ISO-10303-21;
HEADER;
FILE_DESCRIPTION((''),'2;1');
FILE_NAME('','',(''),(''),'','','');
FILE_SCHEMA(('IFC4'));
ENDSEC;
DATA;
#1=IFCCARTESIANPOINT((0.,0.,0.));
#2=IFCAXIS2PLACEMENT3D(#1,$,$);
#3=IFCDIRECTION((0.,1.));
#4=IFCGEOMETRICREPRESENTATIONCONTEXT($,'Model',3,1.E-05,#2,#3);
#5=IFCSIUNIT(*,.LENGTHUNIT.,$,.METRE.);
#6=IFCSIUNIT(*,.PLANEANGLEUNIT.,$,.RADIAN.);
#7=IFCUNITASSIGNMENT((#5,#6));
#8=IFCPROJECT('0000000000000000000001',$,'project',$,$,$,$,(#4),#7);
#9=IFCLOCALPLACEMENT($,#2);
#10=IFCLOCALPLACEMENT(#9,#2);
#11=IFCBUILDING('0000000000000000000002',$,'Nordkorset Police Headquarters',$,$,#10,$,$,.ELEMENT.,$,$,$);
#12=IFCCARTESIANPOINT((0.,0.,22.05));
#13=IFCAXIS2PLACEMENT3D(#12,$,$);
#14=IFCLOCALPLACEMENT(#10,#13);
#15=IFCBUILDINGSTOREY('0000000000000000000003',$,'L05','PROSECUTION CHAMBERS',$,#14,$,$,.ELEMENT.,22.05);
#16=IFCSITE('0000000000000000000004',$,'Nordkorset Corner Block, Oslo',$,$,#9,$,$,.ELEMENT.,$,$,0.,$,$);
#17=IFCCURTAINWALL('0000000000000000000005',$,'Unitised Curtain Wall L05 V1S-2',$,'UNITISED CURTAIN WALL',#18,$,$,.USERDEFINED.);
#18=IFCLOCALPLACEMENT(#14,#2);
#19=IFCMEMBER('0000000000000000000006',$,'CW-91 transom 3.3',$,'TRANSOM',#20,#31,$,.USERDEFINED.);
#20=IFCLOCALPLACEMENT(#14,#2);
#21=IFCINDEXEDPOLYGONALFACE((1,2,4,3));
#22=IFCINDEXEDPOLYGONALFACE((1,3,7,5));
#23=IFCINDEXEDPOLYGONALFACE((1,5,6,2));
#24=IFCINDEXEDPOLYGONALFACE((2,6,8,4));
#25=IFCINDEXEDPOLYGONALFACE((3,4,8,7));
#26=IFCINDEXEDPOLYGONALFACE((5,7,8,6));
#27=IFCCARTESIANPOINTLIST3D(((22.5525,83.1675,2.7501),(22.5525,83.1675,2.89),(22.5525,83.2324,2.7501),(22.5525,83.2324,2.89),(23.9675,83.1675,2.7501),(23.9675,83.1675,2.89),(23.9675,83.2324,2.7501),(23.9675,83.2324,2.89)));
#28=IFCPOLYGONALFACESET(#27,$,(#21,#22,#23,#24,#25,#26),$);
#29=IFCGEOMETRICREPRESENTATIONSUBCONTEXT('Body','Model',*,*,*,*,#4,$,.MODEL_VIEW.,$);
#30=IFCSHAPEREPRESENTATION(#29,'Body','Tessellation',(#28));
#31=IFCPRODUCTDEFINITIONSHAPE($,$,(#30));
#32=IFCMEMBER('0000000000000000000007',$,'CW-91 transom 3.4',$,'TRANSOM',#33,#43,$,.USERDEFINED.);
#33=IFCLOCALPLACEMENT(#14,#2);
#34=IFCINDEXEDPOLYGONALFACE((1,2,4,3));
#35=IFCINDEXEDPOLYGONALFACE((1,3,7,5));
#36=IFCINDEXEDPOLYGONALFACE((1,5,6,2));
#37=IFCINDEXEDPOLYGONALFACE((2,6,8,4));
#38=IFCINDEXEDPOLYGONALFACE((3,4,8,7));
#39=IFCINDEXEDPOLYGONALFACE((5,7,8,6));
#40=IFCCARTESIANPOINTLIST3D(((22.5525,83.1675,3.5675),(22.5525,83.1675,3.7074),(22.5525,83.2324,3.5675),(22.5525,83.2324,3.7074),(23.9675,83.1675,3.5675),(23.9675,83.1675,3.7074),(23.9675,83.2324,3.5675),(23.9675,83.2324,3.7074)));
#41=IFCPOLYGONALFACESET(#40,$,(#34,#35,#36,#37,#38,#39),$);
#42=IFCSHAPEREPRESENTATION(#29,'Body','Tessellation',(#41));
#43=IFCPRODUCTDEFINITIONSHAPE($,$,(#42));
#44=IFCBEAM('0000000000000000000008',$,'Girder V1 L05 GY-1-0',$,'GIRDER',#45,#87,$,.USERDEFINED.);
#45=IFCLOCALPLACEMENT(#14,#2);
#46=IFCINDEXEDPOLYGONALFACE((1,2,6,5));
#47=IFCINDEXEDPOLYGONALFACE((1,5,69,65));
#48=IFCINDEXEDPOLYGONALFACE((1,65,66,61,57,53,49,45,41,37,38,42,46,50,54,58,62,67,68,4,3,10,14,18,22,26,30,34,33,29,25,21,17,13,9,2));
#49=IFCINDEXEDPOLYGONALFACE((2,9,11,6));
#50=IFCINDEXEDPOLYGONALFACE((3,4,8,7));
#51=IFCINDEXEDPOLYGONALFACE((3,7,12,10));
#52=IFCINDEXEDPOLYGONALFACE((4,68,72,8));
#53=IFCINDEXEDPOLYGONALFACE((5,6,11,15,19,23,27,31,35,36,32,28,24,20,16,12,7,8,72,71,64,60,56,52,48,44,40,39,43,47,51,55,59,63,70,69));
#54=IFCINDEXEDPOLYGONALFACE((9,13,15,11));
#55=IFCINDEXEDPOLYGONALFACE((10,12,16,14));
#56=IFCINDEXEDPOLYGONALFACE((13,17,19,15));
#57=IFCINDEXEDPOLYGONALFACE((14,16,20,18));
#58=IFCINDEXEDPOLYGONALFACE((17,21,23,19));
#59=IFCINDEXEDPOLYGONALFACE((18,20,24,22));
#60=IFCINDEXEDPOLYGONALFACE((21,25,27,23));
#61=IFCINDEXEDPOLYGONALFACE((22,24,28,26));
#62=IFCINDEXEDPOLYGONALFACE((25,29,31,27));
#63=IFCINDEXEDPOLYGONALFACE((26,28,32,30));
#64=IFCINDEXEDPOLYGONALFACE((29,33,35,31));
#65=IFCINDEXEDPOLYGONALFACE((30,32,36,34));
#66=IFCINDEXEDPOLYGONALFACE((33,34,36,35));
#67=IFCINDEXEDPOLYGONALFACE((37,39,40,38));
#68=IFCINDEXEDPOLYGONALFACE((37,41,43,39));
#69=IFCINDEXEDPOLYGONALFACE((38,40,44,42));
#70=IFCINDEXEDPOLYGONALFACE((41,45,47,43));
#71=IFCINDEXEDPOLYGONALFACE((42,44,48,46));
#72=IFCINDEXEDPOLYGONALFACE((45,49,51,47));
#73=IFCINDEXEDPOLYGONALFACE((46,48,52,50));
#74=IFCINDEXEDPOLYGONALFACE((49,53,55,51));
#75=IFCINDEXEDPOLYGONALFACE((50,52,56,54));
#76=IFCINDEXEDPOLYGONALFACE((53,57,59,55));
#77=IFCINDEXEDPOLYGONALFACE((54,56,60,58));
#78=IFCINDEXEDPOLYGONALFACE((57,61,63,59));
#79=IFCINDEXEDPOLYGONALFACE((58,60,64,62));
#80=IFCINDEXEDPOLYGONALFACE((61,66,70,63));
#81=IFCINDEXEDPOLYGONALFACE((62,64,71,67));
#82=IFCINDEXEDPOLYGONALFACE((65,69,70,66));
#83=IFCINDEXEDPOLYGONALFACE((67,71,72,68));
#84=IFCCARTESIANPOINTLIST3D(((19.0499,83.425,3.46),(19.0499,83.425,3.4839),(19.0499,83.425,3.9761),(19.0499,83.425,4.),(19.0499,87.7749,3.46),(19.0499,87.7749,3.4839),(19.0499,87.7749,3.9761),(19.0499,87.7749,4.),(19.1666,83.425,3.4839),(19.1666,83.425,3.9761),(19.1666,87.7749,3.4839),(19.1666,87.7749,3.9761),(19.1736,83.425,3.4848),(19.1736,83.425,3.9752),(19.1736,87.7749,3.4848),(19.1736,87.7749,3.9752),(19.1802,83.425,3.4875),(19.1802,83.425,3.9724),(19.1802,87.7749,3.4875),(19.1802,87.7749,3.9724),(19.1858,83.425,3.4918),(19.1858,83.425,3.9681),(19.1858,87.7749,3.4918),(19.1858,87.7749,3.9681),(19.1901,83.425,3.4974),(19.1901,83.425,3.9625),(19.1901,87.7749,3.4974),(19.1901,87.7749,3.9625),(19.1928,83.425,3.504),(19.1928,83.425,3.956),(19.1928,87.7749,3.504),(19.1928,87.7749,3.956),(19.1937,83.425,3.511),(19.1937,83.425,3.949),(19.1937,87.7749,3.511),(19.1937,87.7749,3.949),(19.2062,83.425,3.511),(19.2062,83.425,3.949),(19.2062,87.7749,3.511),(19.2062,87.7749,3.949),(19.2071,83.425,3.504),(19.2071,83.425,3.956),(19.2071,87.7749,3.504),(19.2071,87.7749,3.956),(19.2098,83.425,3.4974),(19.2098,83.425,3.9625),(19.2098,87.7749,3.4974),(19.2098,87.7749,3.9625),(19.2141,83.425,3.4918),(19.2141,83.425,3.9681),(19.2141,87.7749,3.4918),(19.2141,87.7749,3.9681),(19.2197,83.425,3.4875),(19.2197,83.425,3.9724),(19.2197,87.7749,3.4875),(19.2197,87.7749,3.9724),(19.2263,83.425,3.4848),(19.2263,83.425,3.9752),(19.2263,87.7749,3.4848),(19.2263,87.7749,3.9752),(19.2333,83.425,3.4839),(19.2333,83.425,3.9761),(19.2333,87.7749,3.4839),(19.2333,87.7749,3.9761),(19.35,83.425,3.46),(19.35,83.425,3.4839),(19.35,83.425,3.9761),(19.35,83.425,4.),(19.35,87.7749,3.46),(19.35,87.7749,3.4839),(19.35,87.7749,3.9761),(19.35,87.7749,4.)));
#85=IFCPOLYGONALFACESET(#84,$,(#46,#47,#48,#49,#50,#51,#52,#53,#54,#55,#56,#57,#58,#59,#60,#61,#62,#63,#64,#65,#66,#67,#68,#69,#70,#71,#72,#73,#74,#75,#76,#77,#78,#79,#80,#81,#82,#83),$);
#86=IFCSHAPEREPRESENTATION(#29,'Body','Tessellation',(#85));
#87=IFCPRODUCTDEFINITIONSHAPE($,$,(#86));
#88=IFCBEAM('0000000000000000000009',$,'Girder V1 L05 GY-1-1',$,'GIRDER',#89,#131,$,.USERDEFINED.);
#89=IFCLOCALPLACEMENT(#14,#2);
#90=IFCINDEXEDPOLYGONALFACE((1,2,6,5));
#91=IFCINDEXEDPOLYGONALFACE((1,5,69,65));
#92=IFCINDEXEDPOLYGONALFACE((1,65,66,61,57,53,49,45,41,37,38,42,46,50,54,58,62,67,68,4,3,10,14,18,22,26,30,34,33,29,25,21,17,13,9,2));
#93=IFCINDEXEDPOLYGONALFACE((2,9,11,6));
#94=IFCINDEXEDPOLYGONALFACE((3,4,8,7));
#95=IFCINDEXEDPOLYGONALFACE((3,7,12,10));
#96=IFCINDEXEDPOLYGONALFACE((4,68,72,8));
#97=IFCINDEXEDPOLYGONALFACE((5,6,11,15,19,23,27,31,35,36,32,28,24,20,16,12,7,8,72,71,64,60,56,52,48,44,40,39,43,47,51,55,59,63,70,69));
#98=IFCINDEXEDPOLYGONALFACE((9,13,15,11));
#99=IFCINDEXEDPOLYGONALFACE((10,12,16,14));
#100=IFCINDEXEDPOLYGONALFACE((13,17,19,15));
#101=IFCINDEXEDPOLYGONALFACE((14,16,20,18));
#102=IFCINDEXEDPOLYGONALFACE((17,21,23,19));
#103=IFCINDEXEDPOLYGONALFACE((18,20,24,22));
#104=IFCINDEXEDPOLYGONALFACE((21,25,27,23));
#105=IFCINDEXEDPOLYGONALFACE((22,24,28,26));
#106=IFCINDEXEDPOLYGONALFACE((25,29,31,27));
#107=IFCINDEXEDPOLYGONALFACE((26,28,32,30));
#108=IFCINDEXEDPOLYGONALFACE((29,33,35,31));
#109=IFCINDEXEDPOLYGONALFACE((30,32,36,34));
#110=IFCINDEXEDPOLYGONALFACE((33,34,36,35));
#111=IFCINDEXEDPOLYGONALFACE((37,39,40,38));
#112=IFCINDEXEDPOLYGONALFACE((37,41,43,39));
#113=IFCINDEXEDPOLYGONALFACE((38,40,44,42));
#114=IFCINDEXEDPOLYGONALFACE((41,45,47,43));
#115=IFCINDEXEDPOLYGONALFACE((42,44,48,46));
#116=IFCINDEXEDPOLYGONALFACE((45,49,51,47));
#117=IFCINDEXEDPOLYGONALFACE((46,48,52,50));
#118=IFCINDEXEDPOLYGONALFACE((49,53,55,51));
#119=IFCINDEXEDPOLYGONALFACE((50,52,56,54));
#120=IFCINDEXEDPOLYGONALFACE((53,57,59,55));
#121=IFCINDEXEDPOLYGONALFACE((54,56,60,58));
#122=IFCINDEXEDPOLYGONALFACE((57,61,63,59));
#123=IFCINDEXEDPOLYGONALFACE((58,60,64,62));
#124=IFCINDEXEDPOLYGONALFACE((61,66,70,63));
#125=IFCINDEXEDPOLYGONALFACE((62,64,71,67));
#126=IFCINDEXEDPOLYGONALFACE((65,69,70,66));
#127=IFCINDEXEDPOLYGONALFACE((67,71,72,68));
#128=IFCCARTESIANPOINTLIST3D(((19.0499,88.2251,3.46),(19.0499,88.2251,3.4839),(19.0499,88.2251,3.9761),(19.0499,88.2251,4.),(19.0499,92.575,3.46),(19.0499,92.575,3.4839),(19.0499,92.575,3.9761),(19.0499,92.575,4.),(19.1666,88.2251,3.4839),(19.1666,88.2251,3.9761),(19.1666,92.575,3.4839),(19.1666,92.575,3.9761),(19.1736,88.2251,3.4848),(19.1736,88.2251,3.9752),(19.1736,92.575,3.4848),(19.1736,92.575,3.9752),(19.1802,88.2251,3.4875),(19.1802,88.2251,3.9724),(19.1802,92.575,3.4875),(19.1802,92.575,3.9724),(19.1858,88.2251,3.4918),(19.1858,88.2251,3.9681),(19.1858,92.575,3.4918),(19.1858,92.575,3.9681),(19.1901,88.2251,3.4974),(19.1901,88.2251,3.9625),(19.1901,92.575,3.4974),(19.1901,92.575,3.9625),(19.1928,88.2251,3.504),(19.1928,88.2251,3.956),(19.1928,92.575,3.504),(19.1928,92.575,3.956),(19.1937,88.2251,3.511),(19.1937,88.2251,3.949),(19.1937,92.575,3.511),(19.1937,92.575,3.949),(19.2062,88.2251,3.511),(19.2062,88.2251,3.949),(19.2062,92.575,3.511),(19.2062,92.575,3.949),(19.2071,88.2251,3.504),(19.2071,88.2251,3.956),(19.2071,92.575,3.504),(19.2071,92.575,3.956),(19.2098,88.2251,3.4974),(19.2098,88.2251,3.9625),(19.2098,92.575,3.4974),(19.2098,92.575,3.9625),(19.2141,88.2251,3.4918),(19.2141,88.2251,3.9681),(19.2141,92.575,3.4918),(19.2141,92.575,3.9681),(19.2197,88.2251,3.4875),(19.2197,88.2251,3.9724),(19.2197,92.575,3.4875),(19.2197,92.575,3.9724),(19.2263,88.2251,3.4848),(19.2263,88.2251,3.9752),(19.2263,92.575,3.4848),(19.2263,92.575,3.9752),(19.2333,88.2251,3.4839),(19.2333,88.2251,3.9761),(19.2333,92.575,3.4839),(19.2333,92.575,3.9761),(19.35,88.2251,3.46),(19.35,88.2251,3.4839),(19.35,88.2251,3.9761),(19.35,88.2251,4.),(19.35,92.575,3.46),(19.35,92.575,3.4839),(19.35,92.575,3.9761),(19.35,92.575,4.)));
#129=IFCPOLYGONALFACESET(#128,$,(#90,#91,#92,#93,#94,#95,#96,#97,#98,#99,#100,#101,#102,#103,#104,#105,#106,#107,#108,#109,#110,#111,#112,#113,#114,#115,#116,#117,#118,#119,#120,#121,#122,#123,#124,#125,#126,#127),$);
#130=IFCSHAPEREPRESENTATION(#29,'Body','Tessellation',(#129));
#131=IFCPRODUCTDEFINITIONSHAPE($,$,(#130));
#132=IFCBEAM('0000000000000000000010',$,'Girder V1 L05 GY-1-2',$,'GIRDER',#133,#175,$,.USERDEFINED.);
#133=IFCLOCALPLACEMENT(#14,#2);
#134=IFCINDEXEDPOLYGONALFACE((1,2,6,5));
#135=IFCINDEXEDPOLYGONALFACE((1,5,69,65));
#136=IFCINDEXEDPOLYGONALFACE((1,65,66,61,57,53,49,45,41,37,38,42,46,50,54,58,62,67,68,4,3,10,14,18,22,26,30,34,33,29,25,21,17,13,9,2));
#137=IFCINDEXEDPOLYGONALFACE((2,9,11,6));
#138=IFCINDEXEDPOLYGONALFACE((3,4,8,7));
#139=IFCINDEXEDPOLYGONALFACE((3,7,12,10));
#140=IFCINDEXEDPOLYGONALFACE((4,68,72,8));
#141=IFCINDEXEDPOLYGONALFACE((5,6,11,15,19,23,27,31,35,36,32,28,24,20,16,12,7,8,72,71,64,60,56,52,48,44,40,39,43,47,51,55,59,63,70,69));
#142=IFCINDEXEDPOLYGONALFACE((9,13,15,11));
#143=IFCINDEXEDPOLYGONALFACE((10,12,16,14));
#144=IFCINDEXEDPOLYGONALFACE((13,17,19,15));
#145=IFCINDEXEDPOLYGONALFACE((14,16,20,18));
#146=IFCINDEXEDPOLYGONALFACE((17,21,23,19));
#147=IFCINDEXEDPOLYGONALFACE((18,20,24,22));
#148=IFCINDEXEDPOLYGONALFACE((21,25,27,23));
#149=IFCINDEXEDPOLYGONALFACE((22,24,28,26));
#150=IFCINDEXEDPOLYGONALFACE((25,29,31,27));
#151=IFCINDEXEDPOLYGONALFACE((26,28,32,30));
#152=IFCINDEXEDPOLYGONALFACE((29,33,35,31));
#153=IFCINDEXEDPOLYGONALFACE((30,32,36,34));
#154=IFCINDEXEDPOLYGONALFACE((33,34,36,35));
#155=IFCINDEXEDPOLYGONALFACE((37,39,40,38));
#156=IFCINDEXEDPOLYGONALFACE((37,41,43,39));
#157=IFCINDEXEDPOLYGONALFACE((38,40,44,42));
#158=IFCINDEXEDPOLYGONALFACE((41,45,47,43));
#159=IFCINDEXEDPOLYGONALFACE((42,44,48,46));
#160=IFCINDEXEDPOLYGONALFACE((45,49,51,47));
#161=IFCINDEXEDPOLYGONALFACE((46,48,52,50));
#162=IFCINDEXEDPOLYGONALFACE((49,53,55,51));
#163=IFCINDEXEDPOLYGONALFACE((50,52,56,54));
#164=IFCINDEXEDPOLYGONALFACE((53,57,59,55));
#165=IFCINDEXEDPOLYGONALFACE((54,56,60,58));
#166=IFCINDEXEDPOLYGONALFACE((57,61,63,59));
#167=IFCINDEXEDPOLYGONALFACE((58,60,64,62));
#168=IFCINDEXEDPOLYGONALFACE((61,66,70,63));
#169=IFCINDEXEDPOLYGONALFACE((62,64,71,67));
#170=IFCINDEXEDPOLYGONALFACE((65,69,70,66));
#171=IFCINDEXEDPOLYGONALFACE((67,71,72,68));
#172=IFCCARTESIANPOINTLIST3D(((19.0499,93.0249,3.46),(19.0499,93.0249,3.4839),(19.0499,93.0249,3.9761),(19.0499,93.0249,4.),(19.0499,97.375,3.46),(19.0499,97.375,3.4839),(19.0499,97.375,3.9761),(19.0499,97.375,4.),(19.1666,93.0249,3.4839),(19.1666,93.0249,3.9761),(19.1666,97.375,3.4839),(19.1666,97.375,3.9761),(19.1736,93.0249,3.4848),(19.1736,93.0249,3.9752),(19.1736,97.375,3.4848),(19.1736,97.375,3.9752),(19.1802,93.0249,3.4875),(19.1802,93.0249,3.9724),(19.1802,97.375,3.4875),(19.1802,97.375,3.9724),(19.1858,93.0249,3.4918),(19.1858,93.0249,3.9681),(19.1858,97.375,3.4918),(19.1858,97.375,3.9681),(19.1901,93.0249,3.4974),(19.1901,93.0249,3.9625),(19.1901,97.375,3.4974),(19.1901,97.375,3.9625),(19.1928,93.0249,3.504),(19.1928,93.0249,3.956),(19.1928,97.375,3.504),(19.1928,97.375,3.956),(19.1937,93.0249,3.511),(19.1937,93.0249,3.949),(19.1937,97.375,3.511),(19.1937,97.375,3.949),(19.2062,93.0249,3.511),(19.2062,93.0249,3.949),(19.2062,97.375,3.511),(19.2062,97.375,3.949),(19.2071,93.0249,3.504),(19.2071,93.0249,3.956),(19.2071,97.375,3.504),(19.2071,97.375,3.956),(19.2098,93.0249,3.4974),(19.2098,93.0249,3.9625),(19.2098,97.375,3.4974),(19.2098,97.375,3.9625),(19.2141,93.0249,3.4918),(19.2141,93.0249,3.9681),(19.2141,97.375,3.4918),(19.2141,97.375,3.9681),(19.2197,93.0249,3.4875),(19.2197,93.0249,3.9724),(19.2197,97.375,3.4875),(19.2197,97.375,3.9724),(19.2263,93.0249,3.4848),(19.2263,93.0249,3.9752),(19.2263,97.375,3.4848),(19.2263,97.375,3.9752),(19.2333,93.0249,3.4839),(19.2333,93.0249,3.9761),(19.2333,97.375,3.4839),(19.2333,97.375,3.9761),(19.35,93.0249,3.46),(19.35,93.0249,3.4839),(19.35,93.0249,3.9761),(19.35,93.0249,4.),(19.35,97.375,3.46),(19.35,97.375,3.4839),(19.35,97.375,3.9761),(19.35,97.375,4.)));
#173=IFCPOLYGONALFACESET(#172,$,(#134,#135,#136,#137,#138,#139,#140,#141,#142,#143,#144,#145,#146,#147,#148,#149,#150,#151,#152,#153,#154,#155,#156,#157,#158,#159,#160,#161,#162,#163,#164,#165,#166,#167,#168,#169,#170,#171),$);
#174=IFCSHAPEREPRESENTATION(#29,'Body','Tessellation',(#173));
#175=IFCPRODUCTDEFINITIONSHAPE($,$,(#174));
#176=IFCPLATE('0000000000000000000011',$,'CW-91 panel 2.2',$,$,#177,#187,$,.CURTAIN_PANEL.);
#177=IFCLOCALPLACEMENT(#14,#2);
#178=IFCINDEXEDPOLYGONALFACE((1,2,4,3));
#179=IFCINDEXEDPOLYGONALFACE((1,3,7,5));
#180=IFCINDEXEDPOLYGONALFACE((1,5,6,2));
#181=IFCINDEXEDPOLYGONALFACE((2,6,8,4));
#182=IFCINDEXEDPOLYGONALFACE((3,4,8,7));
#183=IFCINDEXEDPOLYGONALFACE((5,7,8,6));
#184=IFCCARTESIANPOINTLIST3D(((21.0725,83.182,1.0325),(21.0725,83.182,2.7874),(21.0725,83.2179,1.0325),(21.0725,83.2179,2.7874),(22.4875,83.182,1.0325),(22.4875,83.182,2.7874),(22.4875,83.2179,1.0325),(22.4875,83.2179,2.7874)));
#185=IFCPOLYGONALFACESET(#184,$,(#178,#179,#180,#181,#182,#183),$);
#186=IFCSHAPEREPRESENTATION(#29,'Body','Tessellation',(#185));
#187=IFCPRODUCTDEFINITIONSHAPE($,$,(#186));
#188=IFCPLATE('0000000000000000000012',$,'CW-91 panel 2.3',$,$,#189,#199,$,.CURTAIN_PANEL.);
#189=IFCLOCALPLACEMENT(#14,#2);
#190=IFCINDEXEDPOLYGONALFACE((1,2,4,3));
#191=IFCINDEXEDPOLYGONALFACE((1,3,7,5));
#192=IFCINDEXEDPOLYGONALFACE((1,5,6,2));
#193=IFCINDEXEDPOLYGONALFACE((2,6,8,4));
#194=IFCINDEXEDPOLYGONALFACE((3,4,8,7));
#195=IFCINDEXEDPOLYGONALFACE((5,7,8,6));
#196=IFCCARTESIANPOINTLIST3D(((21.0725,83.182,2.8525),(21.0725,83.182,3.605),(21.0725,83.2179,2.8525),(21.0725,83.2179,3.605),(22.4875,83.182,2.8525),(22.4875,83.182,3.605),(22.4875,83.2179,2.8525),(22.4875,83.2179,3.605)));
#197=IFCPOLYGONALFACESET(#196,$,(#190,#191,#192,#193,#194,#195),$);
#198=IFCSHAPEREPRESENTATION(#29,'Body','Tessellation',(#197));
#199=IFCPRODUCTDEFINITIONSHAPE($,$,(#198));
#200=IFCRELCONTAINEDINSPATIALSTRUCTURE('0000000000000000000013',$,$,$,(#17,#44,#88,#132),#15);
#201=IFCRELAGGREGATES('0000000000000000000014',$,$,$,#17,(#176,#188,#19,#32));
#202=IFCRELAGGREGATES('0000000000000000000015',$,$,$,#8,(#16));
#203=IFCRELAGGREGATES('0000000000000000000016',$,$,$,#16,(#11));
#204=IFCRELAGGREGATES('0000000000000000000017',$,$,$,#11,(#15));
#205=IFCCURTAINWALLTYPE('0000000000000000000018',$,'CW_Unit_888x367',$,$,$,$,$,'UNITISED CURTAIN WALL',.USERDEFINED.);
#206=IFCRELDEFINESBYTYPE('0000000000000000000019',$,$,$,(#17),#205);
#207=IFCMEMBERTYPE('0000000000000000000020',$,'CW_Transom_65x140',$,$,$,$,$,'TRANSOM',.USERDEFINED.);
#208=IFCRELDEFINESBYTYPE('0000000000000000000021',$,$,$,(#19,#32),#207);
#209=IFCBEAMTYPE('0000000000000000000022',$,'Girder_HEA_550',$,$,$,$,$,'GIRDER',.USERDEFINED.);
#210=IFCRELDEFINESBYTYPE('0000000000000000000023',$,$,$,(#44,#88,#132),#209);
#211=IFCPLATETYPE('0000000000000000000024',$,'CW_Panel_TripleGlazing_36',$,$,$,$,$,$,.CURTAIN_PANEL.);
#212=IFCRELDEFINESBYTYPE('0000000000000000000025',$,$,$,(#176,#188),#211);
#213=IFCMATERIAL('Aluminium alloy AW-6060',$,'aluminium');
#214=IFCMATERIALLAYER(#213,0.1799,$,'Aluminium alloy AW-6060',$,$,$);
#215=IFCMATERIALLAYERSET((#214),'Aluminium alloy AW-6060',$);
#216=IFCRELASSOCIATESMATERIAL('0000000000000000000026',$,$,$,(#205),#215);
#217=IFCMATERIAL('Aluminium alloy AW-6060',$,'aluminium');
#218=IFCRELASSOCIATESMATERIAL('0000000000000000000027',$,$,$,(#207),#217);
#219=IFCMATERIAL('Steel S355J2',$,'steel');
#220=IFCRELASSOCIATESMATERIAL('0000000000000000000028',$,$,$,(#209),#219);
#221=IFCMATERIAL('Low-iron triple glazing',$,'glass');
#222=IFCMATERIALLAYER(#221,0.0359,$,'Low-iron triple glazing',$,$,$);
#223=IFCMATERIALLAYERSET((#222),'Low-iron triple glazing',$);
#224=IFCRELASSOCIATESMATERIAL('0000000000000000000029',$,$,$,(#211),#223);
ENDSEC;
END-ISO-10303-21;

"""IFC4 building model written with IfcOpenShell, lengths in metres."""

from ifc_helpers import new_model, si_unit, direction, frame, origin, origin_2d, place, context, subcontext, project, spatial, rectangle, i_section, extrude, material, layer, layer_set, material_profile, profile_set, type_object, element, aggregate, save


model = new_model("IFC4")

# Units and contexts
model_context = context("Model", 3, precision=1e-05, world=origin(), true_north=direction((0.0, 1.0)))
body_context = subcontext(model_context, "Body", "Model", "MODEL_VIEW")
ifc_project = project(units=[si_unit("LENGTHUNIT", "METRE"), si_unit("PLANEANGLEUNIT", "RADIAN")], contexts=[model_context])

# Site, building, storey
site_placement = place(None, origin())
site = spatial("IfcSite", under=ifc_project, at=site_placement, Name="Nordkorset Corner Block, Oslo", CompositionType="ELEMENT", RefElevation=0.0)
building_placement = place(site_placement, origin())
building = spatial("IfcBuilding", under=site, at=building_placement, Name="Nordkorset Police Headquarters", CompositionType="ELEMENT")
storey_placement = place(building_placement, frame((0.0, 0.0, 22.05)))
storey = spatial("IfcBuildingStorey", under=building, at=storey_placement, Name="L05", Description="PROSECUTION CHAMBERS", CompositionType="ELEMENT", Elevation=22.05)

# Curtain wall, members
ifc_material_1 = material(Name="Aluminium alloy AW-6060", Category="aluminium")
ifc_layer_1 = layer(ifc_material_1, 0.1799, Name="Aluminium alloy AW-6060")
ifc_layer_set_1 = layer_set([ifc_layer_1], Name="Aluminium alloy AW-6060")
curtain_wall_type = type_object("IfcCurtainWallType", Name="CW_Unit_888x367", ElementType="UNITISED CURTAIN WALL", PredefinedType="USERDEFINED", material=ifc_layer_set_1)
curtain_wall_placement = place(storey_placement, origin())
curtain_wall = element("IfcCurtainWall", 1, at=curtain_wall_placement, inside=storey, type_object=curtain_wall_type, Name="Unitised Curtain Wall L05 V1S-2", ObjectType="UNITISED CURTAIN WALL", PredefinedType="USERDEFINED")
ifc_material_2 = material(Name="Aluminium alloy AW-6060", Category="aluminium")
ifc_material_profile_1 = material_profile(ifc_material_2, rectangle(XDim=0.0649, YDim=0.1399, at=origin_2d()), Name="ALU TRAN 65x140")
ifc_profile_set_1 = profile_set([ifc_material_profile_1], Name="Aluminium alloy AW-6060")
member_type_1 = type_object("IfcMemberType", Name="CW_Transom_65x140", ElementType="TRANSOM", PredefinedType="USERDEFINED", material=ifc_profile_set_1)
member_1_placement = place(storey_placement, frame((22.5525, 83.2, 2.8201), z_axis=(1.0, 0.0, 0.0), x_axis=(0.0, 1.0, 0.0)))
member_1 = element("IfcMember", 2, at=member_1_placement, type_object=member_type_1, Name="CW-91 transom 3.3", ObjectType="TRANSOM", PredefinedType="USERDEFINED", context=body_context, shape_type="SweptSolid", body=[
    extrude(rectangle(XDim=0.0649, YDim=0.1399, at=origin_2d()), origin(), (0.0, 0.0, 1.0), 1.415),
])
member_2_placement = place(storey_placement, frame((22.5525, 83.2, 3.6375), z_axis=(1.0, 0.0, 0.0), x_axis=(0.0, 1.0, 0.0)))
member_2 = element("IfcMember", 3, at=member_2_placement, type_object=member_type_1, Name="CW-91 transom 3.4", ObjectType="TRANSOM", PredefinedType="USERDEFINED", context=body_context, shape_type="SweptSolid", body=[
    extrude(rectangle(XDim=0.0649, YDim=0.1399, at=origin_2d()), origin(), (0.0, 0.0, 1.0), 1.415),
])

# Beams
ifc_material_3 = material(Name="Steel S355J2", Category="steel")
ifc_material_profile_2 = material_profile(ifc_material_3, i_section(OverallWidth=0.3, OverallDepth=0.54, WebThickness=0.0125, FlangeThickness=0.0239, FilletRadius=0.0271, at=origin_2d()), Name="HEA 550")
ifc_profile_set_2 = profile_set([ifc_material_profile_2], Name="Steel S355J2")
beam_type_1 = type_object("IfcBeamType", Name="Girder_HEA_550", ElementType="GIRDER", PredefinedType="USERDEFINED", material=ifc_profile_set_2)
for number, where, z_axis, x_axis, name in (
    (4, (19.2, 83.425, 3.73), (0.0, 1.0, 0.0), (-1.0, 0.0, 0.0), "Girder V1 L05 GY-1-0"),
    (5, (19.2, 88.2251, 3.73), (0.0, 1.0, 0.0), (-1.0, 0.0, 0.0), "Girder V1 L05 GY-1-1"),
):
    element("IfcBeam", number, at=place(storey_placement, frame(where, z_axis=z_axis, x_axis=x_axis)), inside=storey, type_object=beam_type_1, Name=name, ObjectType="GIRDER", PredefinedType="USERDEFINED", context=body_context, shape_type="SweptSolid", body=[
        extrude(i_section(OverallWidth=0.3, OverallDepth=0.54, WebThickness=0.0125, FlangeThickness=0.0239, FilletRadius=0.0271, at=origin_2d()), origin(), (0.0, 0.0, 1.0), 4.3499),
    ])
beam_1_placement = place(storey_placement, frame((19.2, 93.0249, 3.73), z_axis=(0.0, 1.0, 0.0), x_axis=(-1.0, 0.0, 0.0)))
element("IfcBeam", 6, at=beam_1_placement, inside=storey, type_object=beam_type_1, Name="Girder V1 L05 GY-1-2", ObjectType="GIRDER", PredefinedType="USERDEFINED", context=body_context, shape_type="SweptSolid", body=[
    extrude(i_section(OverallWidth=0.3, OverallDepth=0.54, WebThickness=0.0125, FlangeThickness=0.0239, FilletRadius=0.0271, at=origin_2d()), origin(), (0.0, 0.0, 1.0), 4.3501),
])

# Plates
ifc_material_4 = material(Name="Low-iron triple glazing", Category="glass")
ifc_layer_2 = layer(ifc_material_4, 0.0359, Name="Low-iron triple glazing")
ifc_layer_set_2 = layer_set([ifc_layer_2], Name="Low-iron triple glazing")
plate_type = type_object("IfcPlateType", Name="CW_Panel_TripleGlazing_36", PredefinedType="CURTAIN_PANEL", material=ifc_layer_set_2)
plate_1_placement = place(storey_placement, frame((21.78, 83.2, 1.0325), z_axis=(0.0, 0.0, 1.0), x_axis=(1.0, 0.0, 0.0)))
plate_1 = element("IfcPlate", 7, at=plate_1_placement, type_object=plate_type, Name="CW-91 panel 2.2", PredefinedType="CURTAIN_PANEL", context=body_context, shape_type="SweptSolid", body=[
    extrude(rectangle(XDim=1.415, YDim=0.0359, at=origin_2d()), origin(), (0.0, 0.0, 1.0), 1.7549),
])
plate_2_placement = place(storey_placement, frame((21.78, 83.2, 2.8525), z_axis=(0.0, 0.0, 1.0), x_axis=(1.0, 0.0, 0.0)))
plate_2 = element("IfcPlate", 8, at=plate_2_placement, type_object=plate_type, Name="CW-91 panel 2.3", PredefinedType="CURTAIN_PANEL", context=body_context, shape_type="SweptSolid", body=[
    extrude(rectangle(XDim=1.415, YDim=0.0359, at=origin_2d()), origin(), (0.0, 0.0, 1.0), 0.7524),
])
aggregate(curtain_wall, [plate_1, plate_2, member_1, member_2])

save(model, "model.ifc")
